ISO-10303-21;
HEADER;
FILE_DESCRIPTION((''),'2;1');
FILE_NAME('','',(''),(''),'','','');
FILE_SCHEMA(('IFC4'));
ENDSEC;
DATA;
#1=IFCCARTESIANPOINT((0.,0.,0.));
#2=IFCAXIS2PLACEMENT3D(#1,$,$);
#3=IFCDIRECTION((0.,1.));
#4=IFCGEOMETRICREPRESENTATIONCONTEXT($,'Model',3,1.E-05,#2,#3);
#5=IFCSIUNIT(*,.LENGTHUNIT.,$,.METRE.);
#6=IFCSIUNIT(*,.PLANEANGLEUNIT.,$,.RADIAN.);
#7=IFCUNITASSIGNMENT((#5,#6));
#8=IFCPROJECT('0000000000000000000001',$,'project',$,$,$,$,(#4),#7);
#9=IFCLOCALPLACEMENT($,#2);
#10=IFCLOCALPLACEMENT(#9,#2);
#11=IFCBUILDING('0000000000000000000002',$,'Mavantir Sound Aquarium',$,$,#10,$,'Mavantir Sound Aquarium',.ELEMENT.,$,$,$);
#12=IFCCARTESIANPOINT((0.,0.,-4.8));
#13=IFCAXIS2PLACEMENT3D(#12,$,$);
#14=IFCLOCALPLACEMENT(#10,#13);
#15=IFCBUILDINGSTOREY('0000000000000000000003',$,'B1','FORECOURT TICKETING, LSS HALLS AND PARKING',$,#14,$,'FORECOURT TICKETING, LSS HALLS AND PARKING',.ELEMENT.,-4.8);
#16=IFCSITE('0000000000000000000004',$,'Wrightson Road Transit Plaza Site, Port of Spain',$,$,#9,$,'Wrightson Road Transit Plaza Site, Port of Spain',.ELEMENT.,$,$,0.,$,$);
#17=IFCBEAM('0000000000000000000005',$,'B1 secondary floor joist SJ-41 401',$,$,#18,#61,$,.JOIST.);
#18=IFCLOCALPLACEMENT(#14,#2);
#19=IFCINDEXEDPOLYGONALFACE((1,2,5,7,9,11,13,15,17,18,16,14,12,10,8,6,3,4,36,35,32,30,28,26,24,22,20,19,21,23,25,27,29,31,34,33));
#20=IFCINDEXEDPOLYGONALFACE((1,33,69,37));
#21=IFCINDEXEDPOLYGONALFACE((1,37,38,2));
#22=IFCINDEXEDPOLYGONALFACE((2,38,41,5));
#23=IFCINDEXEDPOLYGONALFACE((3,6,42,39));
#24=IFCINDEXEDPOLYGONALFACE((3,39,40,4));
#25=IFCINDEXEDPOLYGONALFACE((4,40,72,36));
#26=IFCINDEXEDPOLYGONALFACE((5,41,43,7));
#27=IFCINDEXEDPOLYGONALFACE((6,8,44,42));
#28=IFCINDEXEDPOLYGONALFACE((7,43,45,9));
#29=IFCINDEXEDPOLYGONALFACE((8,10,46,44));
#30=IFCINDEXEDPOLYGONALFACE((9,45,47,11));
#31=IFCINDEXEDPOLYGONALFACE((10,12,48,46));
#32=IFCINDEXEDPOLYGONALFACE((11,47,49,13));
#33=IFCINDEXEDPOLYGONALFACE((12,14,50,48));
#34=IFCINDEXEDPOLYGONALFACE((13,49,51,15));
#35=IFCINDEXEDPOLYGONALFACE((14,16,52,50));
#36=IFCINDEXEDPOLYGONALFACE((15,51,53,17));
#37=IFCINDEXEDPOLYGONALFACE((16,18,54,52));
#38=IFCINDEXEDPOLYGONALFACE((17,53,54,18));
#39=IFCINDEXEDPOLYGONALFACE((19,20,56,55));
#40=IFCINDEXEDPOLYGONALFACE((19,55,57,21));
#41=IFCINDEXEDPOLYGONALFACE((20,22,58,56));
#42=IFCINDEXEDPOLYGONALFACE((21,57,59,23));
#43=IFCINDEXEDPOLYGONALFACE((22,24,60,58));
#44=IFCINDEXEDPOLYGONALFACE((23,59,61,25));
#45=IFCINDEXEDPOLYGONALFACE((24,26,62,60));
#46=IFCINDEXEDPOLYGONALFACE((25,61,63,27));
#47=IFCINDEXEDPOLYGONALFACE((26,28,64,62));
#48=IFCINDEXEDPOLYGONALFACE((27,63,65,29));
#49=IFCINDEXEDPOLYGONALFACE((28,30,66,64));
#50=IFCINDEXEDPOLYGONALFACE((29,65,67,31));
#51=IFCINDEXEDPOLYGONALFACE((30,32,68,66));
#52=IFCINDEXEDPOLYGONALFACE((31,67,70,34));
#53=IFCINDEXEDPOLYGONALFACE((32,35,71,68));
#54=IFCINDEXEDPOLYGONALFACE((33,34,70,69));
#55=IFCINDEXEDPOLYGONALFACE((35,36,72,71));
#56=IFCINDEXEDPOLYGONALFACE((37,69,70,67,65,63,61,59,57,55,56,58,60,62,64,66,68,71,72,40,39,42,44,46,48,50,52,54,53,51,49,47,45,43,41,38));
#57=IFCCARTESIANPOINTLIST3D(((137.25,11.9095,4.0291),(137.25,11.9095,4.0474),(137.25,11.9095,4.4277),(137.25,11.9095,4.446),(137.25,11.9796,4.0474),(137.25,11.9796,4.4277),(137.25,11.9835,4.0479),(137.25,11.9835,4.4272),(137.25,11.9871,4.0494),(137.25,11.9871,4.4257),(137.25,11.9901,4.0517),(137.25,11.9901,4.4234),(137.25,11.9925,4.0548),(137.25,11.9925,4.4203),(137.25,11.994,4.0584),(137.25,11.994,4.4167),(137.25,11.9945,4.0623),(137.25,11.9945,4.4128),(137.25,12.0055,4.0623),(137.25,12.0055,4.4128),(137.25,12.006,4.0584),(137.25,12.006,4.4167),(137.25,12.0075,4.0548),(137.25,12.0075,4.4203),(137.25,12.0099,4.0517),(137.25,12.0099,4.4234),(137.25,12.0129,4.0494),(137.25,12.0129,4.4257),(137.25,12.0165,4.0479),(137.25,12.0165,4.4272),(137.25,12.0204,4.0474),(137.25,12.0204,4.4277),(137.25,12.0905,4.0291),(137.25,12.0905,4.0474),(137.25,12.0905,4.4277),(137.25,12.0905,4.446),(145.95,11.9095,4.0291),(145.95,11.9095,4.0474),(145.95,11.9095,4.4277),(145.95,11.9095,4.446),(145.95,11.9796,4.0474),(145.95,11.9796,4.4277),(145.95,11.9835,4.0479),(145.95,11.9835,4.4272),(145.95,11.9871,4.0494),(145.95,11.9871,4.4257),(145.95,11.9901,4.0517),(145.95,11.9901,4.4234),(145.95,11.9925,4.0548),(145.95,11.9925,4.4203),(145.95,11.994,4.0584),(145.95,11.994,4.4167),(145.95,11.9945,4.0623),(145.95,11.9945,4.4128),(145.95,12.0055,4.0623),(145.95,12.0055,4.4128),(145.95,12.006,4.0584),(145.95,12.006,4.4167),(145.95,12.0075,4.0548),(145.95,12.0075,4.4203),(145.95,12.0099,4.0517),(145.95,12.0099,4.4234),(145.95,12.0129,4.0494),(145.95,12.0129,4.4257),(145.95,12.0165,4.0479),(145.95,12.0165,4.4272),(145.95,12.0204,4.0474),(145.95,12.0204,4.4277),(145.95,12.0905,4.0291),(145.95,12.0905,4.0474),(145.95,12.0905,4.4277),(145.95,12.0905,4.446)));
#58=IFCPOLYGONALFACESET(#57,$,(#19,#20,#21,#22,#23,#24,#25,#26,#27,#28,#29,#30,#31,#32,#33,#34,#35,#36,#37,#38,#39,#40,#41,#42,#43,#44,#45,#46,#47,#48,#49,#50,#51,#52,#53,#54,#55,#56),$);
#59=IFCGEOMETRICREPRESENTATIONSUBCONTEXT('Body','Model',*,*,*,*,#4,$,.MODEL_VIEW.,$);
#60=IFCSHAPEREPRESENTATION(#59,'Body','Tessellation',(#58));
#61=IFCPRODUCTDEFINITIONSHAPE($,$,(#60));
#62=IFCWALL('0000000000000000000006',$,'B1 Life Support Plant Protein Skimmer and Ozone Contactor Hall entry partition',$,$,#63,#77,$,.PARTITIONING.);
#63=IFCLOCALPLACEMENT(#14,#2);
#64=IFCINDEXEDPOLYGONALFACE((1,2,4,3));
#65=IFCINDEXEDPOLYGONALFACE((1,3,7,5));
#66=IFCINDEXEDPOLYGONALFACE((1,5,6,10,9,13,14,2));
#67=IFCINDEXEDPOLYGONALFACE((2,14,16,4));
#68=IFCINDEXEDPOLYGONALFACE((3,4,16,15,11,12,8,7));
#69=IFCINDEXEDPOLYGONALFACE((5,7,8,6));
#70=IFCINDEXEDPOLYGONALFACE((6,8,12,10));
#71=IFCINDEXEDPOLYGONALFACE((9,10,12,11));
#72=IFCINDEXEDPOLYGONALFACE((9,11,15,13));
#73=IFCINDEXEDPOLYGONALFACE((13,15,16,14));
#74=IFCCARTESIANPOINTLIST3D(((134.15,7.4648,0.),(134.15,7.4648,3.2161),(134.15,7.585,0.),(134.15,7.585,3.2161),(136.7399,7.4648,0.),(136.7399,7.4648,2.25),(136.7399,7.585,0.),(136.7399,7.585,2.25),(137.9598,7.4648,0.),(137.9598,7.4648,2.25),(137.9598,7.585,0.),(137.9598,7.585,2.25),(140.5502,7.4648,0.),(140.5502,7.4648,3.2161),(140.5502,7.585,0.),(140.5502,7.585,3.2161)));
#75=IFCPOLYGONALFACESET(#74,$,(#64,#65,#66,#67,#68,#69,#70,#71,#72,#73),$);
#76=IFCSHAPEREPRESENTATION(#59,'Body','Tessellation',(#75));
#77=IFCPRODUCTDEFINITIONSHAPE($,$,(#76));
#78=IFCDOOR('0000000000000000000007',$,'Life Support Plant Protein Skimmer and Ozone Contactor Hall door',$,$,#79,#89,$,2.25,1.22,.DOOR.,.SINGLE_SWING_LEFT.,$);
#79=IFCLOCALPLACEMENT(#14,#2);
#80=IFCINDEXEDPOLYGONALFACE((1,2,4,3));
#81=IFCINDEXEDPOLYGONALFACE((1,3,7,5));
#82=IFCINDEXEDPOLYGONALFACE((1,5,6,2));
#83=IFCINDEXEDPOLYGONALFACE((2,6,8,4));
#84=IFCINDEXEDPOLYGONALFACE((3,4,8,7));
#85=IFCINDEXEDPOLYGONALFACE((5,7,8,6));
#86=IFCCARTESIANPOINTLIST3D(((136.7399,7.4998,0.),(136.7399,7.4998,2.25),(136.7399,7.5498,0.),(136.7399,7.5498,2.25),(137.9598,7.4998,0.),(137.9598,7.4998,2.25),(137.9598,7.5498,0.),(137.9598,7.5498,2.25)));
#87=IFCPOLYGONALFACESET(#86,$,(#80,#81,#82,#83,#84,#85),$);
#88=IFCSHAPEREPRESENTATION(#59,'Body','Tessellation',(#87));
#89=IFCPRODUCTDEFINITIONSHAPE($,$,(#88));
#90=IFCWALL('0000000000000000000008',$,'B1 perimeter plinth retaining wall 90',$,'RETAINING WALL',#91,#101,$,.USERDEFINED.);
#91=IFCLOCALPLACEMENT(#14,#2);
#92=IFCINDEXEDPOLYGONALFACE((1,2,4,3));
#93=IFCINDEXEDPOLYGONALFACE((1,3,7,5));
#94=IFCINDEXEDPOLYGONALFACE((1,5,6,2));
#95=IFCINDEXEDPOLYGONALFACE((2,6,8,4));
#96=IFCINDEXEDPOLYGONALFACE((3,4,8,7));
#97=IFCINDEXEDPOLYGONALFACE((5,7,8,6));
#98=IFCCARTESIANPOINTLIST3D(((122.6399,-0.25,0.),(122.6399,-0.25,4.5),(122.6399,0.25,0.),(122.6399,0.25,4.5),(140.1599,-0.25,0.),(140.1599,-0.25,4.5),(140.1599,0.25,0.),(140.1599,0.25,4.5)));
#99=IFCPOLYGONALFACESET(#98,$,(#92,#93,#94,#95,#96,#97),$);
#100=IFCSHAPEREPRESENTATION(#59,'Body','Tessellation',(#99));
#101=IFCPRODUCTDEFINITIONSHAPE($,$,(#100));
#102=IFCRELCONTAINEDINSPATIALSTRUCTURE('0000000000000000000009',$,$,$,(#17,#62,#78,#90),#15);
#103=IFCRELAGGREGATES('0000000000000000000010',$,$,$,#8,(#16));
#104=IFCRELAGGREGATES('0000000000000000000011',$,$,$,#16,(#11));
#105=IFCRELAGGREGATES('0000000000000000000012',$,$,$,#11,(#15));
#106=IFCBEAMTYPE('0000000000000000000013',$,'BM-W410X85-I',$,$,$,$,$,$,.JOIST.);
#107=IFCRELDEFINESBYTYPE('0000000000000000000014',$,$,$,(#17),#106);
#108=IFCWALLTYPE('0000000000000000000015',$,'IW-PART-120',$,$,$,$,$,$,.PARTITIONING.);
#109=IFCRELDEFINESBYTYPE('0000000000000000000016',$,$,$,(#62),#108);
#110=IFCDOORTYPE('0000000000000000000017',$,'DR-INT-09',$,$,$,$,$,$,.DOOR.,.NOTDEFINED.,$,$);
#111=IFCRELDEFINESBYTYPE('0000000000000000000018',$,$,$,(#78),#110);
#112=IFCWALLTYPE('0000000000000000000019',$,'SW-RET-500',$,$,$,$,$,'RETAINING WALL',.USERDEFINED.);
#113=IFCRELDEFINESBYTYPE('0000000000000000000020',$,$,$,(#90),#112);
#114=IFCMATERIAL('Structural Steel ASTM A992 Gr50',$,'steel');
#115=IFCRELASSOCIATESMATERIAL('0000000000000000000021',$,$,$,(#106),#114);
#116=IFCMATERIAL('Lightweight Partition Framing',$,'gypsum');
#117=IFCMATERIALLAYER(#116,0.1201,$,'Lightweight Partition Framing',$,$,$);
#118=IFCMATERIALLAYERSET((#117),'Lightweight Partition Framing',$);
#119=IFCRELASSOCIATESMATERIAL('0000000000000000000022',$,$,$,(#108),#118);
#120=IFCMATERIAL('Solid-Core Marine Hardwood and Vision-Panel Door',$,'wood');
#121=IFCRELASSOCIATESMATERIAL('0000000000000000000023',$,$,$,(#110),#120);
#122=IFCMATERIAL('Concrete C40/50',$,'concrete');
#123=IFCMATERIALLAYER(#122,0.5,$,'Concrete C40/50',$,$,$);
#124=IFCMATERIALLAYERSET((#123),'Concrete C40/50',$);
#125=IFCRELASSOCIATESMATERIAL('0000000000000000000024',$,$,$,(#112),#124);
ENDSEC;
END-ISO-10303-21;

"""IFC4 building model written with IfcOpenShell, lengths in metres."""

from ifc_helpers import new_model, si_unit, direction, frame, frame_2d, origin, origin_2d, place, context, subcontext, project, spatial, rectangle, i_section, extrude, material, layer, layer_set, material_profile, profile_set, type_object, element, fill, save


model = new_model("IFC4")

# Units and contexts
model_context = context("Model", 3, precision=1e-05, world=origin(), true_north=direction((0.0, 1.0)))
body_context = subcontext(model_context, "Body", "Model", "MODEL_VIEW")
ifc_project = project(units=[si_unit("LENGTHUNIT", "METRE"), si_unit("PLANEANGLEUNIT", "RADIAN")], contexts=[model_context])

# Site, building, storey
site_placement = place(None, origin())
site = spatial("IfcSite", under=ifc_project, at=site_placement, Name="Wrightson Road Transit Plaza Site, Port of Spain", LongName="Wrightson Road Transit Plaza Site, Port of Spain", CompositionType="ELEMENT", RefElevation=0.0)
building_placement = place(site_placement, origin())
building = spatial("IfcBuilding", under=site, at=building_placement, Name="Mavantir Sound Aquarium", LongName="Mavantir Sound Aquarium", CompositionType="ELEMENT")
storey_placement = place(building_placement, frame((0.0, 0.0, -4.8)))
storey = spatial("IfcBuildingStorey", under=building, at=storey_placement, Name="B1", Description="FORECOURT TICKETING, LSS HALLS AND PARKING", LongName="FORECOURT TICKETING, LSS HALLS AND PARKING", CompositionType="ELEMENT", Elevation=-4.8)

# Shared definitions
ifc_material_1 = material(Name="Concrete C40/50", Category="concrete")

# Beam
ifc_material_2 = material(Name="Structural Steel ASTM A992 Gr50", Category="steel")
ifc_material_profile_1 = material_profile(ifc_material_2, i_section(OverallWidth=0.1809, OverallDepth=0.417, WebThickness=0.011, FlangeThickness=0.0183, FilletRadius=0.0149, at=origin_2d()), Name="W410X85")
ifc_profile_set_1 = profile_set([ifc_material_profile_1], Name="Structural Steel ASTM A992 Gr50")
beam_type_1 = type_object("IfcBeamType", Name="BM-W410X85-I", PredefinedType="JOIST", material=ifc_profile_set_1)
for number, where, z_axis, x_axis, name in (
    (1, (137.25, 12.0, 4.2375), (1.0, 0.0, 0.0), (0.0, 1.0, 0.0), "B1 secondary floor joist SJ-41 401"),
):
    element("IfcBeam", number, at=place(storey_placement, frame(where, z_axis=z_axis, x_axis=x_axis)), inside=storey, type_object=beam_type_1, Name=name, PredefinedType="JOIST", context=body_context, shape_type="SweptSolid", body=[
        extrude(i_section(OverallWidth=0.1809, OverallDepth=0.417, WebThickness=0.011, FlangeThickness=0.0183, FilletRadius=0.0149, at=origin_2d()), origin(), (0.0, 0.0, 1.0), 8.7),
    ])

# Wall, opening, door
ifc_material_3 = material(Name="Lightweight Partition Framing", Category="gypsum")
ifc_layer_1 = layer(ifc_material_3, 0.1201, Name="Lightweight Partition Framing")
ifc_layer_set_1 = layer_set([ifc_layer_1], Name="Lightweight Partition Framing")
wall_type_1 = type_object("IfcWallType", Name="IW-PART-120", PredefinedType="PARTITIONING", material=ifc_layer_set_1)
wall_1_placement = place(storey_placement, frame((134.1499, 7.5249, 0.0), z_axis=(0.0, 0.0, 1.0), x_axis=(1.0, 0.0, 0.0)))
wall_1 = element("IfcWall", 2, at=wall_1_placement, inside=storey, type_object=wall_type_1, Name="B1 Life Support Plant Protein Skimmer and Ozone Contactor Hall entry partition", PredefinedType="PARTITIONING", context=body_context, shape_type="SweptSolid", body=[
    extrude(rectangle(XDim=6.4001, YDim=0.1201, at=frame_2d((3.2002, 0.0))), origin(), (0.0, 0.0, 1.0), 3.2161),
])
opening_placement = place(wall_1_placement, frame((2.5901, 0.0, 0.0)))
opening = element("IfcOpeningElement", 3, at=opening_placement, cuts=wall_1, PredefinedType="OPENING", context=body_context, shape_type="SweptSolid", body=[
    extrude(rectangle(XDim=1.22, YDim=2.25, at=frame_2d((0.6099, 1.125))), frame((0.0, 0.0701, 0.0), z_axis=(0.0, -1.0, 0.0), x_axis=(1.0, 0.0, 0.0)), (0.0, 0.0, 1.0), 0.1401),
])
ifc_material_4 = material(Name="Solid-Core Marine Hardwood and Vision-Panel Door", Category="wood")
door_type = type_object("IfcDoorType", Name="DR-INT-09", OperationType="NOTDEFINED", PredefinedType="DOOR", material=ifc_material_4)
door_placement = place(opening_placement, origin())
door = element("IfcDoor", 4, at=door_placement, inside=storey, type_object=door_type, Name="Life Support Plant Protein Skimmer and Ozone Contactor Hall door", OperationType="SINGLE_SWING_LEFT", OverallHeight=2.25, OverallWidth=1.22, PredefinedType="DOOR", context=body_context, shape_type="SweptSolid", body=[
    extrude(rectangle(XDim=1.22, YDim=2.25, at=frame_2d((0.6099, 1.125))), frame((0.0, 0.0249, 0.0), z_axis=(0.0, -1.0, 0.0), x_axis=(1.0, 0.0, 0.0)), (0.0, 0.0, 1.0), 0.05),
])
fill(opening, door)

# Wall
ifc_layer_2 = layer(ifc_material_1, 0.5, Name="Concrete C40/50")
ifc_layer_set_2 = layer_set([ifc_layer_2], Name="Concrete C40/50")
wall_type_2 = type_object("IfcWallType", Name="SW-RET-500", ElementType="RETAINING WALL", PredefinedType="USERDEFINED", material=ifc_layer_set_2)
wall_2_placement = place(storey_placement, frame((140.1599, 0.0, 0.0), z_axis=(0.0, 0.0, 1.0), x_axis=(-1.0, 0.0, 0.0)))
element("IfcWall", 5, at=wall_2_placement, inside=storey, type_object=wall_type_2, Name="B1 perimeter plinth retaining wall 90", ObjectType="RETAINING WALL", PredefinedType="USERDEFINED", context=body_context, shape_type="SweptSolid", body=[
    extrude(rectangle(XDim=17.52, YDim=0.5, at=frame_2d((8.76, 0.0))), origin(), (0.0, 0.0, 1.0), 4.5),
])

save(model, "model.ifc")
